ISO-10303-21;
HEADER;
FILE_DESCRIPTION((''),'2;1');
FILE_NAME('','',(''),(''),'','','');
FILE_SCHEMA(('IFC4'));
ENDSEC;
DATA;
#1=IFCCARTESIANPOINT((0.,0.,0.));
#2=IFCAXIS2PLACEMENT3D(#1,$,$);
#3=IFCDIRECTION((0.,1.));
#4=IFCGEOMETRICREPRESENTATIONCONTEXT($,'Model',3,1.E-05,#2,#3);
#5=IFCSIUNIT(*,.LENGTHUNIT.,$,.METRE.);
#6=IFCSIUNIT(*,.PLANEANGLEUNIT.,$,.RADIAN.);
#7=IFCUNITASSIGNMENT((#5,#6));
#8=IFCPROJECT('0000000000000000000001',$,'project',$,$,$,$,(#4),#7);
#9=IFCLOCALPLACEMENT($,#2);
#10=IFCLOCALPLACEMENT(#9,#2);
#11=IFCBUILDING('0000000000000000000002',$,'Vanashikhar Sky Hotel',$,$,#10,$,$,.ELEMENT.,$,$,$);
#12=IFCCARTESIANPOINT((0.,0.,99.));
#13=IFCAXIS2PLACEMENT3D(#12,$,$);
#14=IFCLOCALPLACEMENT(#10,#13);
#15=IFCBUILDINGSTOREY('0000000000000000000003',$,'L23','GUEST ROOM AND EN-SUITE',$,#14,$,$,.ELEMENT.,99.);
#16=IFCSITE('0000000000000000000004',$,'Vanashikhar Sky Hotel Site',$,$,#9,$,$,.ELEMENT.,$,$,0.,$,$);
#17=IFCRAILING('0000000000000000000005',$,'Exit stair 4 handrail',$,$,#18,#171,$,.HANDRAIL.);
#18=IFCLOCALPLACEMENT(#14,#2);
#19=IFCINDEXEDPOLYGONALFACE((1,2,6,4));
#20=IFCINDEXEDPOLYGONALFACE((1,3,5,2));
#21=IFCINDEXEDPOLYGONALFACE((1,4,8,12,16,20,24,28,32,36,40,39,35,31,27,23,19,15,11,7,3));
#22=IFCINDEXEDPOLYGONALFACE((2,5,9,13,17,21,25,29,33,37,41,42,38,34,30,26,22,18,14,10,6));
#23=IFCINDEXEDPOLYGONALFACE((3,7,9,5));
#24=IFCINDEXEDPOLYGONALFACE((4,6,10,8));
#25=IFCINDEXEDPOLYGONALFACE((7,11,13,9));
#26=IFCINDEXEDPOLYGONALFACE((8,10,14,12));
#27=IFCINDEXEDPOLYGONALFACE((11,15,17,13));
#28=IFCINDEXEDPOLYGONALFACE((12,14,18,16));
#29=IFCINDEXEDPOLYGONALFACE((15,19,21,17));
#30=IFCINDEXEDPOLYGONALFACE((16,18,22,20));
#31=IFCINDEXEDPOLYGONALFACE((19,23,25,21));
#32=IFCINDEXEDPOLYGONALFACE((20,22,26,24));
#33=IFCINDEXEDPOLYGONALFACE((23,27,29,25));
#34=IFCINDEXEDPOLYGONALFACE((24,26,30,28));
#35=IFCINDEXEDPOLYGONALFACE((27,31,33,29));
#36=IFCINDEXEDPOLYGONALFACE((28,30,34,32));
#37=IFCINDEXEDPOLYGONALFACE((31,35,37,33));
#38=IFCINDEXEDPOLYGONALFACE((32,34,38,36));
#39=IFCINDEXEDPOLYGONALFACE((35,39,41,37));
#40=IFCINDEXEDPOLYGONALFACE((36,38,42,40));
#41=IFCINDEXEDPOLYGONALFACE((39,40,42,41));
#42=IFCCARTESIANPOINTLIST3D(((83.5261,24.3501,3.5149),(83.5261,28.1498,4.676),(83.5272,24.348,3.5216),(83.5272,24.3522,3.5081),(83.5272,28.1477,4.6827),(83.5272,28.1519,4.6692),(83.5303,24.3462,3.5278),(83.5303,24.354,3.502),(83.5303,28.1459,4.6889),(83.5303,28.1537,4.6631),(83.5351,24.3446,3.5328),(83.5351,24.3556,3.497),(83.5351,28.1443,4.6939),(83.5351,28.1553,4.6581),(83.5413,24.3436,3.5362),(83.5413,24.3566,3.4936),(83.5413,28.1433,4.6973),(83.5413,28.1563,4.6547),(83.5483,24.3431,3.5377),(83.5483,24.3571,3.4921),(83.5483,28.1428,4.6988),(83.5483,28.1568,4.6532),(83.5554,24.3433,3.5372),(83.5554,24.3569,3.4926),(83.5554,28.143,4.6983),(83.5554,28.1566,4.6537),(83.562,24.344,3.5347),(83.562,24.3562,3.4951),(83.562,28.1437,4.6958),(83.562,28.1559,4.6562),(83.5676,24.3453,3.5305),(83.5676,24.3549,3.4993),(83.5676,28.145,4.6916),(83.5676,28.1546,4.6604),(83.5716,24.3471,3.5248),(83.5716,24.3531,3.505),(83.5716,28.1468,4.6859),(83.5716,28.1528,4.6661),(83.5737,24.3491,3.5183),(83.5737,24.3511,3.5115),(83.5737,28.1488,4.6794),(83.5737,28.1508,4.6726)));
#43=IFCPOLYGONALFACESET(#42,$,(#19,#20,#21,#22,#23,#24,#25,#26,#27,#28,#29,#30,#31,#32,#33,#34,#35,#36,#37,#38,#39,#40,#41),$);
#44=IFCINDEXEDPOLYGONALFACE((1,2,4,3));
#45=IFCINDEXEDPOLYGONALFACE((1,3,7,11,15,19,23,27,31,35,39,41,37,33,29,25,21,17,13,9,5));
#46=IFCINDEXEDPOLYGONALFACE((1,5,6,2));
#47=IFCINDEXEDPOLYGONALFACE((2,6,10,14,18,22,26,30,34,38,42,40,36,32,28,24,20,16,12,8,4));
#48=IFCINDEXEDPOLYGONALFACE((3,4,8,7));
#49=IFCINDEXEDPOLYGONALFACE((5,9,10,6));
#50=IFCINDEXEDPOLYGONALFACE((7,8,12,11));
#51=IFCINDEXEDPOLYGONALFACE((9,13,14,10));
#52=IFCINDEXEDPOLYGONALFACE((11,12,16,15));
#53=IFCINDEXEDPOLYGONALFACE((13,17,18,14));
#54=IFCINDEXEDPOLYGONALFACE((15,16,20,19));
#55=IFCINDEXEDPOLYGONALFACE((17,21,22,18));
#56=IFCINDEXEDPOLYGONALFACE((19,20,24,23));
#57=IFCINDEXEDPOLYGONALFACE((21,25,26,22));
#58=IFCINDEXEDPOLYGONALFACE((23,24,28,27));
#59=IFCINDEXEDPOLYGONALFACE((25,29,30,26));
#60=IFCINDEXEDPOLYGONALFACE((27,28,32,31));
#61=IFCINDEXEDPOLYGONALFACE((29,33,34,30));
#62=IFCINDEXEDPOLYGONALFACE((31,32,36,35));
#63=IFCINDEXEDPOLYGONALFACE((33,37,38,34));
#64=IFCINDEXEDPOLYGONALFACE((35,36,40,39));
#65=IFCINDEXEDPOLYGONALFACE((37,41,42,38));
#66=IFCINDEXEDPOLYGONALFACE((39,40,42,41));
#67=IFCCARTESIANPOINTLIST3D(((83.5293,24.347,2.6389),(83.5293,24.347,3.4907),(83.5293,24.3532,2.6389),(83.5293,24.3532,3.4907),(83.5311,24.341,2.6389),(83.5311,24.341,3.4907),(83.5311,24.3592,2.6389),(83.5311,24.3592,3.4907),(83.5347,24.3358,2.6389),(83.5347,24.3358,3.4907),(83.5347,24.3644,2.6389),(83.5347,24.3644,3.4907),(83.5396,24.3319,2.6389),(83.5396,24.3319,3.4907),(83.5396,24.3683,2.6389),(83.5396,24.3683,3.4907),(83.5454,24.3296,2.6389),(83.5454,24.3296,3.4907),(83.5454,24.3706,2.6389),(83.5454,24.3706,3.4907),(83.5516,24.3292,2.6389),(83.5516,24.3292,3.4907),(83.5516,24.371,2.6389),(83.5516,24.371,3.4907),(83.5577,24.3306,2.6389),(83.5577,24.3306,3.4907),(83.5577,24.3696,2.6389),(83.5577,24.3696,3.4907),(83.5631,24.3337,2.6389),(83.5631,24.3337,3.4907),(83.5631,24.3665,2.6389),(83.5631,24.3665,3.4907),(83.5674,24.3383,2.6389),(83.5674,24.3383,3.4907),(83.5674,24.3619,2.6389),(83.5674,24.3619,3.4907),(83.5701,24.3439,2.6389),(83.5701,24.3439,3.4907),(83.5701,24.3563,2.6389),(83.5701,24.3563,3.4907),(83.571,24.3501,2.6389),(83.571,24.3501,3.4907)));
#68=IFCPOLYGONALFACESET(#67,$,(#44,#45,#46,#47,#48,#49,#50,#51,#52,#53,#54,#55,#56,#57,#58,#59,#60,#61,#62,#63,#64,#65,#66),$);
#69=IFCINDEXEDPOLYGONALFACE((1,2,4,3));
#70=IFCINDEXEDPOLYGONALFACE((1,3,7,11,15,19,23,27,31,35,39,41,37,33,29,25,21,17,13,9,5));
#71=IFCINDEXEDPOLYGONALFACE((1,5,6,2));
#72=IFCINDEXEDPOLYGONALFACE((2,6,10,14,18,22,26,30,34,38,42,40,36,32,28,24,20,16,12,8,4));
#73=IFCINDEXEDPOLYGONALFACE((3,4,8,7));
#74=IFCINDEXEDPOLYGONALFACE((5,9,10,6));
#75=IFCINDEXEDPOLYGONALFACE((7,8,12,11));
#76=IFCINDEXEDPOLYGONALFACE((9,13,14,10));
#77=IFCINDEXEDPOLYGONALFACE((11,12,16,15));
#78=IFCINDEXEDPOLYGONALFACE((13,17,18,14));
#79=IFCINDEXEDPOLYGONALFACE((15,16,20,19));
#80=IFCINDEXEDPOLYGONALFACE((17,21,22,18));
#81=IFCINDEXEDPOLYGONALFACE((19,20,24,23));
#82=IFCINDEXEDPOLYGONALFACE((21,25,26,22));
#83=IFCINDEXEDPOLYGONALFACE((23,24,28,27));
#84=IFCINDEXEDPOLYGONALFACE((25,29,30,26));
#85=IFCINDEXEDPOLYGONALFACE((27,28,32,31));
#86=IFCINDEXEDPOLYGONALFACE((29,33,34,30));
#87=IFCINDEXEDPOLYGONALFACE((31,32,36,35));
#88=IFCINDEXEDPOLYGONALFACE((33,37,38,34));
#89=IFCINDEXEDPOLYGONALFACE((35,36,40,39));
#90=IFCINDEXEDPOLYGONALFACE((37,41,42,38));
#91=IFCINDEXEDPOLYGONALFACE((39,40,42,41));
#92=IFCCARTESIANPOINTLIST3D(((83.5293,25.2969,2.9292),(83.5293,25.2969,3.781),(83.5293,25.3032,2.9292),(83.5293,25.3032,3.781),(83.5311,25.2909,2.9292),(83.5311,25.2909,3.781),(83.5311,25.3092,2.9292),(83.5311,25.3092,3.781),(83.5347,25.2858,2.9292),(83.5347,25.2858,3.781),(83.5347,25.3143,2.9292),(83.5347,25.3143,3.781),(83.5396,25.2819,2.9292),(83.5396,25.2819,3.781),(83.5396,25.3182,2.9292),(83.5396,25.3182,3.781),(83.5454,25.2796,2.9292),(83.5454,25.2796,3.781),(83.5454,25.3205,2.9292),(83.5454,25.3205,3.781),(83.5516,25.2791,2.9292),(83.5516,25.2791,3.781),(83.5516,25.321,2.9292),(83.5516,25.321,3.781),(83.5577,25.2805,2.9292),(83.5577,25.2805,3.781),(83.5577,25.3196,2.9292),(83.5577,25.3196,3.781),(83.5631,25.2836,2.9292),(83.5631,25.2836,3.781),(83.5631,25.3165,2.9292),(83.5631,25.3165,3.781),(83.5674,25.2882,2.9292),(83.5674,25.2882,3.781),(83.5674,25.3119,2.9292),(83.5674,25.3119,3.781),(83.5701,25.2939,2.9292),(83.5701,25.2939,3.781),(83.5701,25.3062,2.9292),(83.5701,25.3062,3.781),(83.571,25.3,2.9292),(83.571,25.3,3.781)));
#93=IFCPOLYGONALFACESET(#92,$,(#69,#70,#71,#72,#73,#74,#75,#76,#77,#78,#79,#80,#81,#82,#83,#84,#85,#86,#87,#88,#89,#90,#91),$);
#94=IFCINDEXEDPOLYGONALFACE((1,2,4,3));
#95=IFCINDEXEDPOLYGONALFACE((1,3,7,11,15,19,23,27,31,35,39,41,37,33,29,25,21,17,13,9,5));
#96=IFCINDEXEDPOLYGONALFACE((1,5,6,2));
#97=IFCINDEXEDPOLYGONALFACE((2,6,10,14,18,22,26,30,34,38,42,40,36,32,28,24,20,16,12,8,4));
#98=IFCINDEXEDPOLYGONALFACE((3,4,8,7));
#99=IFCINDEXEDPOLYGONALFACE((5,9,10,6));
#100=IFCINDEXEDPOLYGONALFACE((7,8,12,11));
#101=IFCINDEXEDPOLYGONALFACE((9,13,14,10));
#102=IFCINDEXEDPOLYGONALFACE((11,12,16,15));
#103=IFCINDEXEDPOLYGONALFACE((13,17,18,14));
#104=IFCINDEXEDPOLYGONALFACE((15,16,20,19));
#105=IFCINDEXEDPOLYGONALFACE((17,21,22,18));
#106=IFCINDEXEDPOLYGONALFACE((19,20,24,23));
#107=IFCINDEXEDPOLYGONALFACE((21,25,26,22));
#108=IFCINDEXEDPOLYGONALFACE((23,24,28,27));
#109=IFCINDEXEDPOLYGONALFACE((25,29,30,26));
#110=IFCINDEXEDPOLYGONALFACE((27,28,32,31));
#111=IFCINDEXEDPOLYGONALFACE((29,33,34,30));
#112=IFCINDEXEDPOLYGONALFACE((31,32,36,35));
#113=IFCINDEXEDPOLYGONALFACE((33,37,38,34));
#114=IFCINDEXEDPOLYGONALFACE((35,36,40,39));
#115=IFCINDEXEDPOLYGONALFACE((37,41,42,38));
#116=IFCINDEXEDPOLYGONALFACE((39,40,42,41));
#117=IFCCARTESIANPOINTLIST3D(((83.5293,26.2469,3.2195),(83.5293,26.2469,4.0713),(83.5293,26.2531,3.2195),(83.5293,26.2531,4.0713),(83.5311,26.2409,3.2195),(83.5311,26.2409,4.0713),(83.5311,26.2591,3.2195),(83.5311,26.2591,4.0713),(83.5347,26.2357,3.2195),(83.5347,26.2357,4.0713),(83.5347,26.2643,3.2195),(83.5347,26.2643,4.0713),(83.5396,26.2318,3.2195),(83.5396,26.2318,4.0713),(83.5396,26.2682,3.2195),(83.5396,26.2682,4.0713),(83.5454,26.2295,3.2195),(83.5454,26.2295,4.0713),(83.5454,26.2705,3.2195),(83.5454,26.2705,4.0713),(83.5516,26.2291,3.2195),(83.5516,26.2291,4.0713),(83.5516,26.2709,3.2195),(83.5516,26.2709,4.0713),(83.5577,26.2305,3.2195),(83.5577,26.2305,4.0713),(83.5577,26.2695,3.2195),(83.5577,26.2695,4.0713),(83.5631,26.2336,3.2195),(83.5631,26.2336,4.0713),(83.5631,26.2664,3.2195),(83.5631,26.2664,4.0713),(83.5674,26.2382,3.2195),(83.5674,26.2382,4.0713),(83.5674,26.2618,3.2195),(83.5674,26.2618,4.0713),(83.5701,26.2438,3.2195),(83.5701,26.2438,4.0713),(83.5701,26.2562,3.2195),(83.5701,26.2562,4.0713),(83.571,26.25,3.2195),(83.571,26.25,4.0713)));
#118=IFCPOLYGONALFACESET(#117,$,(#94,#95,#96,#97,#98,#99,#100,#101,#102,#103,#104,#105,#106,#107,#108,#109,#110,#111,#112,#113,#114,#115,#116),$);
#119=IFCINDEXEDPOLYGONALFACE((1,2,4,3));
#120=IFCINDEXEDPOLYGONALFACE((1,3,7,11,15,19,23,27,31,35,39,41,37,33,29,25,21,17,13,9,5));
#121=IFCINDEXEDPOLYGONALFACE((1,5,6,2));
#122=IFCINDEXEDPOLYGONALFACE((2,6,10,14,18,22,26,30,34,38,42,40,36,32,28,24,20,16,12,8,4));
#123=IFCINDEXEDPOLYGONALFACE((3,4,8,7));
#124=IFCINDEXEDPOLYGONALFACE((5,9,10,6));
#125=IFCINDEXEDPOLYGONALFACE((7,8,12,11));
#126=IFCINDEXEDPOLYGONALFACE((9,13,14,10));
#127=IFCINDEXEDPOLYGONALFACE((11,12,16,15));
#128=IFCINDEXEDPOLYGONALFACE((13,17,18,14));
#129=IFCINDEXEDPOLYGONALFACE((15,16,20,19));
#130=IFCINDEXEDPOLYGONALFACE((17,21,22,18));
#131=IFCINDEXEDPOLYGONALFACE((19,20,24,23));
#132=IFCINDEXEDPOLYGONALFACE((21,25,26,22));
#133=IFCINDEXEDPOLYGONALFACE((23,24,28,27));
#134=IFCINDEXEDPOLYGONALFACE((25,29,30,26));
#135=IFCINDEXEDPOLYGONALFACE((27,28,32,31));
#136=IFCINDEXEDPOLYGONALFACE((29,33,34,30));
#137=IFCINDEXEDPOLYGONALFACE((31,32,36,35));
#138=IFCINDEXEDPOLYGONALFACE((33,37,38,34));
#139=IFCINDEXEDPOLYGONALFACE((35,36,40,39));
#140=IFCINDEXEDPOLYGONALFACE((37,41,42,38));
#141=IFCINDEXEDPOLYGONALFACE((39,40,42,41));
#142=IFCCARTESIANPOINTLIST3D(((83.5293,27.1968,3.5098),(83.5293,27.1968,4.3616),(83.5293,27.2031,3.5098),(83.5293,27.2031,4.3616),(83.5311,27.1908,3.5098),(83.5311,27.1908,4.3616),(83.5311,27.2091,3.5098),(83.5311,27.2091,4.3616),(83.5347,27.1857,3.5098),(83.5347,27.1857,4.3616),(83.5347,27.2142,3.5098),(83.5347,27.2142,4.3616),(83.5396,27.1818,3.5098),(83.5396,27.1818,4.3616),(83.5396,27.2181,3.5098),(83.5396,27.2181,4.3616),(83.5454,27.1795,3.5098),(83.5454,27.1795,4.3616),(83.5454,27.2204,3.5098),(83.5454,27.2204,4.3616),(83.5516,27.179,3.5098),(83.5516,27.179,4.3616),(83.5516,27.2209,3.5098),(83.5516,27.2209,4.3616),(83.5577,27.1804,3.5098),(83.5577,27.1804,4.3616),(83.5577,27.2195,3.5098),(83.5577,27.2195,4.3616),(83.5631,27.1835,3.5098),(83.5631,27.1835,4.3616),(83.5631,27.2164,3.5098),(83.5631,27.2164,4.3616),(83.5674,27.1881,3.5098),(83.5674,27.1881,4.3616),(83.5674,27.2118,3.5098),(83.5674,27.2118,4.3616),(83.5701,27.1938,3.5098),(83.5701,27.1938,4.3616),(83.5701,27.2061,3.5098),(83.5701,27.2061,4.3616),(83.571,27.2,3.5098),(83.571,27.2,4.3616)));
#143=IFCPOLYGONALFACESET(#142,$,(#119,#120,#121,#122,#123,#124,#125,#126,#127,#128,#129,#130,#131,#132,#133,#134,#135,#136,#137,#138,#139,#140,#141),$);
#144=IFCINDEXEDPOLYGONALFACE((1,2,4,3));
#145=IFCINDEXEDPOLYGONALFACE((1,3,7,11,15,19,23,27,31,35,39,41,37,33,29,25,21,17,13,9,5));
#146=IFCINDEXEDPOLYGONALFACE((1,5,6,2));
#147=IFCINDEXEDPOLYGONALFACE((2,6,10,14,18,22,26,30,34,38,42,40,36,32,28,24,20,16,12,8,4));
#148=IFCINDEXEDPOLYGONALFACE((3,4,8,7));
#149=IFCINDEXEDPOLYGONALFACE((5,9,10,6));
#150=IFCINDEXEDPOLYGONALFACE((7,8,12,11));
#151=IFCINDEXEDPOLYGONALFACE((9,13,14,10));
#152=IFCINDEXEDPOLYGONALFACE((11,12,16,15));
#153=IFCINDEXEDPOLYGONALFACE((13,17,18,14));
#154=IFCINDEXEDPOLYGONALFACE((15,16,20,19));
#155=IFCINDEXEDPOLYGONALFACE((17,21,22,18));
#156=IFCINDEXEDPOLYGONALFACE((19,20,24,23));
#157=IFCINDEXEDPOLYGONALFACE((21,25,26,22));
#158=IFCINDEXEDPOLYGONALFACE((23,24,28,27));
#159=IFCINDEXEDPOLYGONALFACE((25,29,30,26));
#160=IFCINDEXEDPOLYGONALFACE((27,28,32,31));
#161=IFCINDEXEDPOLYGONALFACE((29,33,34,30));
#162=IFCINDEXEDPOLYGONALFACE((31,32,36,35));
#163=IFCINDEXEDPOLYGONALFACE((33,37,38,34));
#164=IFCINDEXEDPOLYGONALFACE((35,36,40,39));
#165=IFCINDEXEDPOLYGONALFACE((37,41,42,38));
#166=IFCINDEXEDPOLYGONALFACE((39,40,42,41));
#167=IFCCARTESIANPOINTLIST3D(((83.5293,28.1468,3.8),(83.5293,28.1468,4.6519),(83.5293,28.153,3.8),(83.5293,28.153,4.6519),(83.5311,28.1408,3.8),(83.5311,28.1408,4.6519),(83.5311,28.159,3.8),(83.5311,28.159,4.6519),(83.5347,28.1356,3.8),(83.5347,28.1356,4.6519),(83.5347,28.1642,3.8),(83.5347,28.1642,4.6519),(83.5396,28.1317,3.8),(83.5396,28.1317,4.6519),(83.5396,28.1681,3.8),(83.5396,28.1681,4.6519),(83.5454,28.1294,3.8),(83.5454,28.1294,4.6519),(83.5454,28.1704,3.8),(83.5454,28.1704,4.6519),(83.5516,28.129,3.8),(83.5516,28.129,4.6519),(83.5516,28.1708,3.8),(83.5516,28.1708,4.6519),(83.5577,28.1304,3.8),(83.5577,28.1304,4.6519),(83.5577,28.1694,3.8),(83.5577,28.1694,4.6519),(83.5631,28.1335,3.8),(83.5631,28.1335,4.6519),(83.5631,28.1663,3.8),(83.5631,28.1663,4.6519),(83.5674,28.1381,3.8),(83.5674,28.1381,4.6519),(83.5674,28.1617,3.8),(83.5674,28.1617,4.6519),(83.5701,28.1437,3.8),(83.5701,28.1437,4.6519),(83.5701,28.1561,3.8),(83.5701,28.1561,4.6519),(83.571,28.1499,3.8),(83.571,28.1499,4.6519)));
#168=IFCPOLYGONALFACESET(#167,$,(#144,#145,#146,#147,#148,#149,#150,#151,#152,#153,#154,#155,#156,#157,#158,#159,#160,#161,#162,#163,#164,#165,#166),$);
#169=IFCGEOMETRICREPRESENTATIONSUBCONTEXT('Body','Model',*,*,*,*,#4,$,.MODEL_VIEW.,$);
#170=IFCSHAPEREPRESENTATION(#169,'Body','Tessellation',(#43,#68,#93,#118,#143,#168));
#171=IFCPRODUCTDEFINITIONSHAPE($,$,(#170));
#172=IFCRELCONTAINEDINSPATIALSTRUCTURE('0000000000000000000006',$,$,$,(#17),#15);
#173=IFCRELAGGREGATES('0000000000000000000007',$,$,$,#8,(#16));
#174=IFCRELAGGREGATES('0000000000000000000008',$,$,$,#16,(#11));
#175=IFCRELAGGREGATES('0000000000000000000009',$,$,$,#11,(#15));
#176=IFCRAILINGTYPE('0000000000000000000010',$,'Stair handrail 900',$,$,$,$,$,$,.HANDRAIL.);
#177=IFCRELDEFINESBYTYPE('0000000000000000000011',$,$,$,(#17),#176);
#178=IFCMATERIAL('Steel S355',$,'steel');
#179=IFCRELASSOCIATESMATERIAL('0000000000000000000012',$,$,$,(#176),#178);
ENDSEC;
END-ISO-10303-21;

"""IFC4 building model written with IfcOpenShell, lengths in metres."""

from ifc_helpers import new_model, si_unit, direction, frame, origin, origin_2d, place, context, subcontext, project, spatial, circle, extrude, source, transform, mapped, material, type_object, element, save


model = new_model("IFC4")

# Units and contexts
model_context = context("Model", 3, precision=1e-05, world=origin(), true_north=direction((0.0, 1.0)))
body_context = subcontext(model_context, "Body", "Model", "MODEL_VIEW")
ifc_project = project(units=[si_unit("LENGTHUNIT", "METRE"), si_unit("PLANEANGLEUNIT", "RADIAN")], contexts=[model_context])

# Site, building, storey
site_placement = place(None, origin())
site = spatial("IfcSite", under=ifc_project, at=site_placement, Name="Vanashikhar Sky Hotel Site", CompositionType="ELEMENT", RefElevation=0.0)
building_placement = place(site_placement, origin())
building = spatial("IfcBuilding", under=site, at=building_placement, Name="Vanashikhar Sky Hotel", CompositionType="ELEMENT")
storey_placement = place(building_placement, frame((0.0, 0.0, 99.0)))
storey = spatial("IfcBuildingStorey", under=building, at=storey_placement, Name="L23", Description="GUEST ROOM AND EN-SUITE", CompositionType="ELEMENT", Elevation=99.0)

# Railing
ifc_material_1 = material(Name="Steel S355", Category="steel")
railing_type_1 = type_object("IfcRailingType", Name="Stair handrail 900", PredefinedType="HANDRAIL", material=ifc_material_1)
shared_shape_1 = source(origin(), body_context, "Body", "SweptSolid", [
    extrude(circle(Radius=0.0239, at=origin_2d()), frame((0.0, 0.0, 0.876), z_axis=(0.0, 0.956346, 0.292237), x_axis=(-1.0, 0.0, 0.0)), (0.0, 0.0, 1.0), 3.9731),
    extrude(circle(Radius=0.021, at=origin_2d()), origin(), (0.0, 0.0, 1.0), 0.8518),
    extrude(circle(Radius=0.021, at=origin_2d()), frame((0.0, 0.95, 0.2903)), (0.0, 0.0, 1.0), 0.8518),
    extrude(circle(Radius=0.021, at=origin_2d()), frame((0.0, 1.8999, 0.5806)), (0.0, 0.0, 1.0), 0.8518),
    extrude(circle(Radius=0.021, at=origin_2d()), frame((0.0, 2.8499, 0.8708)), (0.0, 0.0, 1.0), 0.8518),
    extrude(circle(Radius=0.021, at=origin_2d()), frame((0.0, 3.7998, 1.1611)), (0.0, 0.0, 1.0), 0.8518),
])
for number, where, name in (
    (1, (83.55, 24.3501, 2.6389), "Exit stair 4 handrail"),
):
    element("IfcRailing", number, at=place(storey_placement, frame(where)), inside=storey, type_object=railing_type_1, Name=name, PredefinedType="HANDRAIL", context=body_context, shape_type="MappedRepresentation", body=[
        mapped(shared_shape_1, transform((0.0, 0.0, 0.0), scale=1.0)),
    ])

save(model, "model.ifc")
